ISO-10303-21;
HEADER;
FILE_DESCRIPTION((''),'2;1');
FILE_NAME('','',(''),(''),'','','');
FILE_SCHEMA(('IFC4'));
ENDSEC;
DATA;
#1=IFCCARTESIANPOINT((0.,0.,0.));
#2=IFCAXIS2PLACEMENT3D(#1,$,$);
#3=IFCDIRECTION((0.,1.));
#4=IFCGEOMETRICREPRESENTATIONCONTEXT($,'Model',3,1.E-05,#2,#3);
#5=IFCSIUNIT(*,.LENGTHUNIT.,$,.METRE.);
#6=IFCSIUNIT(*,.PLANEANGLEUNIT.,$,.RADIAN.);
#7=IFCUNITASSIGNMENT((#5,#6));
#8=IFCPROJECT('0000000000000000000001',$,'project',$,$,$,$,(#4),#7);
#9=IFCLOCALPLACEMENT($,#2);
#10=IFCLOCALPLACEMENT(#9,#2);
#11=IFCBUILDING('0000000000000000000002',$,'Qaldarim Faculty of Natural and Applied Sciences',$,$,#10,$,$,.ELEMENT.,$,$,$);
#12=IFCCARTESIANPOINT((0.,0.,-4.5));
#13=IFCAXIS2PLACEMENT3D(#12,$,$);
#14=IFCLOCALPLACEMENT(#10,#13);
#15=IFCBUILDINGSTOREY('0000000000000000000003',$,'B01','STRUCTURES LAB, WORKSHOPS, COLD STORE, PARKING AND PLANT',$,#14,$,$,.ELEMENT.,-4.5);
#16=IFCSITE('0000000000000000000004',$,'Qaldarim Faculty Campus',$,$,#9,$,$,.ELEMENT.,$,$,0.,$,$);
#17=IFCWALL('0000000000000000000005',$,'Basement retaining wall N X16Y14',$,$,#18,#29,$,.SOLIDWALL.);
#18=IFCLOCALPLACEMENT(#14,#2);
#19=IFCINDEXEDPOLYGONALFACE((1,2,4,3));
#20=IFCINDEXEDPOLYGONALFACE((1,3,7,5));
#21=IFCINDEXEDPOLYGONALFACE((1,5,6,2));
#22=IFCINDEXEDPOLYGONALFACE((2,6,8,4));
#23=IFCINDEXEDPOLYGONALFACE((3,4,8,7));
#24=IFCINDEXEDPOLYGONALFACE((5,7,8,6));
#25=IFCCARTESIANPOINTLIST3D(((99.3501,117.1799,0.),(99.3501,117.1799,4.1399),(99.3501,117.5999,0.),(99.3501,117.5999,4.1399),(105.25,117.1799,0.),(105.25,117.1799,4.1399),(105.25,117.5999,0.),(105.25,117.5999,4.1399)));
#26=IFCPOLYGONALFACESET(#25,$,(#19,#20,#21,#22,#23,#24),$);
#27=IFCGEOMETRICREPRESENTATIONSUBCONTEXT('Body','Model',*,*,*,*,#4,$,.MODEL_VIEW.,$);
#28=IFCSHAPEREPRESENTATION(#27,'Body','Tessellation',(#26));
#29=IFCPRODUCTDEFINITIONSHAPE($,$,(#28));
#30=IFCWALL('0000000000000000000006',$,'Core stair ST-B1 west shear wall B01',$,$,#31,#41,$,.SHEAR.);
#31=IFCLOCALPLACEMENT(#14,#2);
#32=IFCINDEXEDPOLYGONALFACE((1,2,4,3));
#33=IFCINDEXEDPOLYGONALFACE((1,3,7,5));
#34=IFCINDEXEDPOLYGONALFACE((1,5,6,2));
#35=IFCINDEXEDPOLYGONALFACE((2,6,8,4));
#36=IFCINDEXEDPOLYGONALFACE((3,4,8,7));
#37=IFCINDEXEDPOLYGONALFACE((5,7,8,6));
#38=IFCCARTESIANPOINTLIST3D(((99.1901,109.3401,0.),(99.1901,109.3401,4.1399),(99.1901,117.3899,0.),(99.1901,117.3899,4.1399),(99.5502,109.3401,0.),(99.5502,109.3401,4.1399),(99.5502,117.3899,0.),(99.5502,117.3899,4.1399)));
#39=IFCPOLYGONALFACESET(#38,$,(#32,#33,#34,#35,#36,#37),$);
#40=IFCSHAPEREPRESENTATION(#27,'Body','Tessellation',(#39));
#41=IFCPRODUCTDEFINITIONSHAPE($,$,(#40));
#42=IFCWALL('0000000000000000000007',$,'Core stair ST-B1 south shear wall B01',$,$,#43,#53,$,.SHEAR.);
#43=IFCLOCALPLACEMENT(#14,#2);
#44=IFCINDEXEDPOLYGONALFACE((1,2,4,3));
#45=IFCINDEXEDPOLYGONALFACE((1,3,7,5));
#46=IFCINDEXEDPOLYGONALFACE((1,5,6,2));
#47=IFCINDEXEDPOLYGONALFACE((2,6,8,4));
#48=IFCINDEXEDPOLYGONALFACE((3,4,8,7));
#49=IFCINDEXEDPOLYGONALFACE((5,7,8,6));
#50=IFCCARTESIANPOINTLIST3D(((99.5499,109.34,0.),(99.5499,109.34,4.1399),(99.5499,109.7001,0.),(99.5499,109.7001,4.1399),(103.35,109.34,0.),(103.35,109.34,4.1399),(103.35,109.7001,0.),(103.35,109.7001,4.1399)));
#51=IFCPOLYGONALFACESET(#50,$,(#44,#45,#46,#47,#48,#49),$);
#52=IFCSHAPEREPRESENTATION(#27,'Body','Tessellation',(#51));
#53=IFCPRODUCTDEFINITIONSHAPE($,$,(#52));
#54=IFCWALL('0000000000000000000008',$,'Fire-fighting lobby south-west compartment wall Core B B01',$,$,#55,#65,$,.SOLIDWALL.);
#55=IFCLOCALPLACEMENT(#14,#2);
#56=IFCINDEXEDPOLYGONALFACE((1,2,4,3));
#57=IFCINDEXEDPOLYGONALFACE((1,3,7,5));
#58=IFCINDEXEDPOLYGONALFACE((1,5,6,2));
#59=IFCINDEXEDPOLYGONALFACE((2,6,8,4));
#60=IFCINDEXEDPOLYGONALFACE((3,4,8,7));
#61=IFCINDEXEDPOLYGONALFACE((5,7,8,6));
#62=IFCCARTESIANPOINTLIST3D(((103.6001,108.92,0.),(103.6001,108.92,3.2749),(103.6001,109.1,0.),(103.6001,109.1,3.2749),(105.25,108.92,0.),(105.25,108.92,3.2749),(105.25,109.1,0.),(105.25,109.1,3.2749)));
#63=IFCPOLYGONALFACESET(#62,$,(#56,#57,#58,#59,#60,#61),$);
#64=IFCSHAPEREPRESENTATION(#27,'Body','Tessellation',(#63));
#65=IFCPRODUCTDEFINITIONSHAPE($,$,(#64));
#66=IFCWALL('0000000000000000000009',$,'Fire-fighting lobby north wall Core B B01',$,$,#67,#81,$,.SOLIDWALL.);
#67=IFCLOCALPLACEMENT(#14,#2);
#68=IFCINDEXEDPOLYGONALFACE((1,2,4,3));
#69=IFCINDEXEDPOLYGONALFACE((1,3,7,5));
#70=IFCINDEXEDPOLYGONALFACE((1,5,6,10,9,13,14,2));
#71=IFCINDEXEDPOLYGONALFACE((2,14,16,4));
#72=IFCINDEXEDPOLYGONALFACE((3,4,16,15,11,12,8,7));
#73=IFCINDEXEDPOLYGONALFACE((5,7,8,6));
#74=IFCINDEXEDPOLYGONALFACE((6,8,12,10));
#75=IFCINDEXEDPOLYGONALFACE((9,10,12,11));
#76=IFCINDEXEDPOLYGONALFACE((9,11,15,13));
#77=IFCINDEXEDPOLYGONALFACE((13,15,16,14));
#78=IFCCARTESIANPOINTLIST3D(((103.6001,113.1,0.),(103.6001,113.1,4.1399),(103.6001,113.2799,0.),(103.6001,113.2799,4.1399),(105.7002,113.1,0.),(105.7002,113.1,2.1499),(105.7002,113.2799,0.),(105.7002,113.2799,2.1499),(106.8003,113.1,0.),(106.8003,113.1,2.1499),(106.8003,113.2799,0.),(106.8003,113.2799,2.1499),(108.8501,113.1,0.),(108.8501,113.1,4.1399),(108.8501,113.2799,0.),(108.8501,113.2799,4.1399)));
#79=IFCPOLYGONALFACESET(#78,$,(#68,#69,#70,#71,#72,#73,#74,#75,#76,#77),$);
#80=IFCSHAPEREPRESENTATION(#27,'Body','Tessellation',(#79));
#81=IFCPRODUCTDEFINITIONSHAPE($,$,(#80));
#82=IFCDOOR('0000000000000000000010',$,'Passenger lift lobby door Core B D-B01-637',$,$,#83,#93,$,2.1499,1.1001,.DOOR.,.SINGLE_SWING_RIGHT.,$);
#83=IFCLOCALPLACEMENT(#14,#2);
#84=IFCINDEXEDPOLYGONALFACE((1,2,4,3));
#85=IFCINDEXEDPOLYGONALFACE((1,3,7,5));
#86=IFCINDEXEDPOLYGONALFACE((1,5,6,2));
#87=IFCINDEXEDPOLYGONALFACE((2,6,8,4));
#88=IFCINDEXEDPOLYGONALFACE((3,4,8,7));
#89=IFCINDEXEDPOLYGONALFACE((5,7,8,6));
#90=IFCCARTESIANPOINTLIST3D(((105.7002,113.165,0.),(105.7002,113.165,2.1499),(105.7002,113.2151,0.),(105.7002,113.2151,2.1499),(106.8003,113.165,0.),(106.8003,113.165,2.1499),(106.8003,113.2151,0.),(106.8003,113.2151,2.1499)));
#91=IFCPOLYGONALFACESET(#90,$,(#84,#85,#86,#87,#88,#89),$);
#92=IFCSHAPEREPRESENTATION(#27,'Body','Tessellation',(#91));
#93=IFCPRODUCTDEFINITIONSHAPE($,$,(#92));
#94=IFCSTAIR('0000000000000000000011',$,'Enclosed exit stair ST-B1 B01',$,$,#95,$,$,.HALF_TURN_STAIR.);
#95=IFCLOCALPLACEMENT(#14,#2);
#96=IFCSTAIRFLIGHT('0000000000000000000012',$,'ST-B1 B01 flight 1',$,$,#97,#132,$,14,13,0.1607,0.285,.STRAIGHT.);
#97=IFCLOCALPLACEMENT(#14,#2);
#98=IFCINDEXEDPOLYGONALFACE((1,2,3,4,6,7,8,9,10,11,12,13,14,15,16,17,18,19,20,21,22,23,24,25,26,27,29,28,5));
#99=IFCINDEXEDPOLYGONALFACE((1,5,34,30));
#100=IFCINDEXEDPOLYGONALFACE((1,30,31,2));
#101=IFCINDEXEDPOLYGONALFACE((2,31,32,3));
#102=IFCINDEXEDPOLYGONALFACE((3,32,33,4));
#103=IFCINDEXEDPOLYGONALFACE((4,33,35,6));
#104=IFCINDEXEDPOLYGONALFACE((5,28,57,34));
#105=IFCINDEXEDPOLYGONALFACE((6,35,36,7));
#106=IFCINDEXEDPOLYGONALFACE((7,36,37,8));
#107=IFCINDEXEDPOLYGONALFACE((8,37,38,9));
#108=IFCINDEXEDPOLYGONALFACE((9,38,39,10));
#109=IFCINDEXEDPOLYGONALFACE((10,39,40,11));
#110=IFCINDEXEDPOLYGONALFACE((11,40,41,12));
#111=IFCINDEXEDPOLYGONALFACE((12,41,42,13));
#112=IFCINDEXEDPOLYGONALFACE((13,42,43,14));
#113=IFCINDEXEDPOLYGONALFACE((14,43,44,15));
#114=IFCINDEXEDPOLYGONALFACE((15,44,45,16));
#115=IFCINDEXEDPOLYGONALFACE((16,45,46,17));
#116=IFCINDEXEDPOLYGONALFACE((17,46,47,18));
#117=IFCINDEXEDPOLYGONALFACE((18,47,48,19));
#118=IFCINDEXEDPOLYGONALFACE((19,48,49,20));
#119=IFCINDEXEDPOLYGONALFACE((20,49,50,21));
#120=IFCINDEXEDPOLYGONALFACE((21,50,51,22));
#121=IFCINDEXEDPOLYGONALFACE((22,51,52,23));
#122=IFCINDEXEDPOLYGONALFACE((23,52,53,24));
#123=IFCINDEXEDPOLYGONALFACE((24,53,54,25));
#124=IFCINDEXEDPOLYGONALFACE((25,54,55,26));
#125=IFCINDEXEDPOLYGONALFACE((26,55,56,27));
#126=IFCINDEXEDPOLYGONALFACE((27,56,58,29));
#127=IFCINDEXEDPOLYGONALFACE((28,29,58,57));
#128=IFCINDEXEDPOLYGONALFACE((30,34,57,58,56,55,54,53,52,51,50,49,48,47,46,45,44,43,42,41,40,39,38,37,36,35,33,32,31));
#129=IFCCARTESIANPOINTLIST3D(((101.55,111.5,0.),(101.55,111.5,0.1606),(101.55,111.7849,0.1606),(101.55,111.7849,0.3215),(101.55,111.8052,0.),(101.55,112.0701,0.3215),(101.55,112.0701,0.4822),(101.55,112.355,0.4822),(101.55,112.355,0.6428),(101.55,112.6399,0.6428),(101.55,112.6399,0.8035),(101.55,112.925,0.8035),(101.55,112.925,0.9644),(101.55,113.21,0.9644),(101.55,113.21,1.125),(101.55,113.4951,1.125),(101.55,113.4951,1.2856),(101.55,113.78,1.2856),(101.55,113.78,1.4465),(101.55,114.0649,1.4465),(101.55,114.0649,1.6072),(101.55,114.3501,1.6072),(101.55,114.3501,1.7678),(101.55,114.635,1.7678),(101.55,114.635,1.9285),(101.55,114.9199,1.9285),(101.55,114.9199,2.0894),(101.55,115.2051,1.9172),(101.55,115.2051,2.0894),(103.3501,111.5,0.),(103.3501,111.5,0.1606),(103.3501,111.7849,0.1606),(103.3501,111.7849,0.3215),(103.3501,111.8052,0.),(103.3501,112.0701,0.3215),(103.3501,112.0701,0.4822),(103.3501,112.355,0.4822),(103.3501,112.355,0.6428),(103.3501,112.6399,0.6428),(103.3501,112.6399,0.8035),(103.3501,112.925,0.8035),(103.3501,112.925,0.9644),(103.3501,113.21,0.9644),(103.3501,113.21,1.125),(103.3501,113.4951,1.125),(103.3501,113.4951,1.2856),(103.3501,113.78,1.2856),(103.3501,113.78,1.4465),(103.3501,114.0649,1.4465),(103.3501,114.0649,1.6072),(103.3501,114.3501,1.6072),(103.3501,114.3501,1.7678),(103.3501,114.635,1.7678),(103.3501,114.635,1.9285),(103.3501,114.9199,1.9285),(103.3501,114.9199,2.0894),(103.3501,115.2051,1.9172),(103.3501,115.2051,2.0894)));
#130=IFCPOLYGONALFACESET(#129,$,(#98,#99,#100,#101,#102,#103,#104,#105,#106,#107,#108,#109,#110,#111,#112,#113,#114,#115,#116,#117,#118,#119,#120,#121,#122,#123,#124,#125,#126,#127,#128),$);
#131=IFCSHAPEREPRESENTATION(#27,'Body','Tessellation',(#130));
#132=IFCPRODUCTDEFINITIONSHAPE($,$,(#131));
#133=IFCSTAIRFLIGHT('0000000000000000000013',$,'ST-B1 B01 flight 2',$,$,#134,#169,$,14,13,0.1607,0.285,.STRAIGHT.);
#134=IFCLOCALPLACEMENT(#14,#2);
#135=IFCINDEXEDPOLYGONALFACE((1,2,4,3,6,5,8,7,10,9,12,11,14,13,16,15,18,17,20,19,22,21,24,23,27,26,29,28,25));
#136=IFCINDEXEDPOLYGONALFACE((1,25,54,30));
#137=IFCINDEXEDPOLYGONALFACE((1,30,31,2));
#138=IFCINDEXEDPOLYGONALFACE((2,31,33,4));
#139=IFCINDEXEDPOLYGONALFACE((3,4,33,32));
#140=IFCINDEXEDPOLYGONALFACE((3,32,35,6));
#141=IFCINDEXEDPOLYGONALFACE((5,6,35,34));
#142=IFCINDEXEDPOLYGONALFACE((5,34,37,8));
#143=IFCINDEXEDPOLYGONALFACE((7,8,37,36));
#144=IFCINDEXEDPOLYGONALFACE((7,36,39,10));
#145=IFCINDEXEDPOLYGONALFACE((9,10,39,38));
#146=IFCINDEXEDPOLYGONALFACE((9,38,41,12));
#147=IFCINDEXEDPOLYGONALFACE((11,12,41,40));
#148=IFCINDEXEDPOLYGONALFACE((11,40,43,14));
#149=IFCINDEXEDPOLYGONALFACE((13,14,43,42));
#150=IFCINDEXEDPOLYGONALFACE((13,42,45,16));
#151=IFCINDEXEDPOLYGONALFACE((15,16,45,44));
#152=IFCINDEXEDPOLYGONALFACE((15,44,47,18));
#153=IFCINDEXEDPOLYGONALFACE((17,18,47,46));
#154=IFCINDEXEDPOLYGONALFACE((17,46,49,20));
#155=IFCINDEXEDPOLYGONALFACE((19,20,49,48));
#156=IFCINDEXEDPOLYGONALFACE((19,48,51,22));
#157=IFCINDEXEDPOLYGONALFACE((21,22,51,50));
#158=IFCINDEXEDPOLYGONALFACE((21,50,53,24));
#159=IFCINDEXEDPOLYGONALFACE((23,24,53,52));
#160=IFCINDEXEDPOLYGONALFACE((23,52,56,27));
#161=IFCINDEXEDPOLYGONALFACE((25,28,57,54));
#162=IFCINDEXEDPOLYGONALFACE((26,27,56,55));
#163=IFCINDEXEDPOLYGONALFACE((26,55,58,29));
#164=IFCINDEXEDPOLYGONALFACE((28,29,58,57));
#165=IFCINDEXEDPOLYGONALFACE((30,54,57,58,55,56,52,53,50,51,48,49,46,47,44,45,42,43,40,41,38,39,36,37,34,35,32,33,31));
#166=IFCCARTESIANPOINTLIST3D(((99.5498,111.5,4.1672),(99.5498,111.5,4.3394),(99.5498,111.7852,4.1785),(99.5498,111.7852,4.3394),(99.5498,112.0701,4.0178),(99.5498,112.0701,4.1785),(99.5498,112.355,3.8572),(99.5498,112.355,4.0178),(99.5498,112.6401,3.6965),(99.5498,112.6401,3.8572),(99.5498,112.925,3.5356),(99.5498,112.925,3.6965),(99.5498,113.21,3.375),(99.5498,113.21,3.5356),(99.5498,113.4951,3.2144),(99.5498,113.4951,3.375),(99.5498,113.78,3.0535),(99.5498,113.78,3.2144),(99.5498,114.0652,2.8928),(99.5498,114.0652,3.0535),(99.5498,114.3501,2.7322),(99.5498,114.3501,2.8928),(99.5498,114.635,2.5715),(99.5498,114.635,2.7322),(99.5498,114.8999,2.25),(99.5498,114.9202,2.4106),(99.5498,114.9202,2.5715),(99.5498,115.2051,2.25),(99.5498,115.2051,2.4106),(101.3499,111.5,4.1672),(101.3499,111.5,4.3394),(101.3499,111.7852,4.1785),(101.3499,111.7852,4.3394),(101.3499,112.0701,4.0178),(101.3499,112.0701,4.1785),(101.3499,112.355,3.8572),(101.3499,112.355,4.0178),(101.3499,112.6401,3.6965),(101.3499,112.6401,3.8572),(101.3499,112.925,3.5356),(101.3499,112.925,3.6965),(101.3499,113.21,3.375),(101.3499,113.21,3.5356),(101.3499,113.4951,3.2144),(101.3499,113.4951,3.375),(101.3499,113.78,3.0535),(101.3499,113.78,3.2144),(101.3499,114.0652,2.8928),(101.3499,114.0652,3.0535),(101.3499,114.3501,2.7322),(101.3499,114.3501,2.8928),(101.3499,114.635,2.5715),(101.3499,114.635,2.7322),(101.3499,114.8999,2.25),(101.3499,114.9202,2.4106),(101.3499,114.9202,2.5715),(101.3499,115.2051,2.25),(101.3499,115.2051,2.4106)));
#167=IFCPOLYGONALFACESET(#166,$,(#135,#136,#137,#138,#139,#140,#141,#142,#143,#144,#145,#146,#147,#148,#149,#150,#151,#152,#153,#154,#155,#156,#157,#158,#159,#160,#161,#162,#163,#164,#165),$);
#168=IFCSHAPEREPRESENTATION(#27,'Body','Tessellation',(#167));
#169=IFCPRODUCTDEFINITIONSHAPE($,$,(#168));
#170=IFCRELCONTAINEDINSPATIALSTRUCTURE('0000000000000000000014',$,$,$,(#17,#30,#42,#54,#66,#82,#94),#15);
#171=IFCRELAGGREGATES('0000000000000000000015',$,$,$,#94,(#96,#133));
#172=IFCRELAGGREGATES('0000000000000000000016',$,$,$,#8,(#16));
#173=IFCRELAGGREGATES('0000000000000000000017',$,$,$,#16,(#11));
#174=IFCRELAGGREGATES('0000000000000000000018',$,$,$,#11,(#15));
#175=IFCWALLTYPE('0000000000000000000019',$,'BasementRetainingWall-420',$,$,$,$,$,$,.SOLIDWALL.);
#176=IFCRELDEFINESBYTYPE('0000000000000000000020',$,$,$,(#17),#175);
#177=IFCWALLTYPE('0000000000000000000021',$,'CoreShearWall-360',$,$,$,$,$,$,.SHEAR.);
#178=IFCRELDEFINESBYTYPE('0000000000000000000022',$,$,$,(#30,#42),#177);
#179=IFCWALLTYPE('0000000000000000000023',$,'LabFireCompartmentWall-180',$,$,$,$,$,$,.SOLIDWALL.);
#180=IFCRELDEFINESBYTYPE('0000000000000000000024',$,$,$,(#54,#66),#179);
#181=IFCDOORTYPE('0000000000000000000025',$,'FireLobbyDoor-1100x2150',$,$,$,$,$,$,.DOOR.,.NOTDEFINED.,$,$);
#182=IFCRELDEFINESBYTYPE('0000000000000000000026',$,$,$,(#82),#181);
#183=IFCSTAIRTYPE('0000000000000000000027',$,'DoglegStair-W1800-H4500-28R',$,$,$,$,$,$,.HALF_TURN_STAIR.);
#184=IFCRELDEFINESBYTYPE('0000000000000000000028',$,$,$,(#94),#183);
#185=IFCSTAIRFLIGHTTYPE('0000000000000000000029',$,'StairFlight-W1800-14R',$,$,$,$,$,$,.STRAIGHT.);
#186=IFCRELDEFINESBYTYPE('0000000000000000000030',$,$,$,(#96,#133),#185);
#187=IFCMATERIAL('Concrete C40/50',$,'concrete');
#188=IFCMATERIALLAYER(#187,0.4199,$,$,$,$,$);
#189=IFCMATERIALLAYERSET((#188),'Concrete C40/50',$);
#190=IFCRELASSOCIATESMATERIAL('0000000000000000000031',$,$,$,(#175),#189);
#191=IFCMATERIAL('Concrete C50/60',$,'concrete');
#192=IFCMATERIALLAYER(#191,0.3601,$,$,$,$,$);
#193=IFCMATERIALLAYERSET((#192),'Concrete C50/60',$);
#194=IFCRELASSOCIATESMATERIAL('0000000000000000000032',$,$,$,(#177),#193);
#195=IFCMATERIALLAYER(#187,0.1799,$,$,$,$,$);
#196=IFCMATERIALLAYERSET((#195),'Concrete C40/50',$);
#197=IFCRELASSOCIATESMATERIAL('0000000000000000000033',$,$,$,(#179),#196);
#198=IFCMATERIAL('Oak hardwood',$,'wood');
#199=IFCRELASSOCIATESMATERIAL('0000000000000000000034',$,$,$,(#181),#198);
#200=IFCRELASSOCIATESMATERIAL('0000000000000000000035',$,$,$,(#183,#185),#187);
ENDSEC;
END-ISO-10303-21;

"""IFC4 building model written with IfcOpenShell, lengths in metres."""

from ifc_helpers import new_model, si_unit, direction, frame, frame_2d, origin, place, context, subcontext, project, spatial, polyline, rectangle, outline, extrude, material, layer, layer_set, type_object, element, fill, aggregate, save


model = new_model("IFC4")

# Units and contexts
model_context = context("Model", 3, precision=1e-05, world=origin(), true_north=direction((0.0, 1.0)))
body_context = subcontext(model_context, "Body", "Model", "MODEL_VIEW")
ifc_project = project(units=[si_unit("LENGTHUNIT", "METRE"), si_unit("PLANEANGLEUNIT", "RADIAN")], contexts=[model_context])

# Site, building, storey
site_placement = place(None, origin())
site = spatial("IfcSite", under=ifc_project, at=site_placement, Name="Qaldarim Faculty Campus", CompositionType="ELEMENT", RefElevation=0.0)
building_placement = place(site_placement, origin())
building = spatial("IfcBuilding", under=site, at=building_placement, Name="Qaldarim Faculty of Natural and Applied Sciences", CompositionType="ELEMENT")
storey_placement = place(building_placement, frame((0.0, 0.0, -4.5)))
storey = spatial("IfcBuildingStorey", under=building, at=storey_placement, Name="B01", Description="STRUCTURES LAB, WORKSHOPS, COLD STORE, PARKING AND PLANT", CompositionType="ELEMENT", Elevation=-4.5)

# Shared definitions
ifc_material_1 = material(Name="Concrete C40/50", Category="concrete")

# Shared definitions
ifc_material_2 = material(Name="Concrete C50/60", Category="concrete")

# Walls
ifc_layer_1 = layer(ifc_material_1, 0.4199)
ifc_layer_set_1 = layer_set([ifc_layer_1], Name="Concrete C40/50")
wall_type_1 = type_object("IfcWallType", Name="BasementRetainingWall-420", PredefinedType="SOLIDWALL", material=ifc_layer_set_1)
wall_1_placement = place(storey_placement, frame((105.25, 117.3899, 0.0), z_axis=(0.0, 0.0, 1.0), x_axis=(-1.0, 0.0, 0.0)))
element("IfcWall", 1, at=wall_1_placement, inside=storey, type_object=wall_type_1, Name="Basement retaining wall N X16Y14", PredefinedType="SOLIDWALL", context=body_context, shape_type="SweptSolid", body=[
    extrude(rectangle(XDim=5.8999, YDim=0.4199, at=frame_2d((2.95, 0.0))), origin(), (0.0, 0.0, 1.0), 4.1399),
])
ifc_layer_2 = layer(ifc_material_2, 0.3601)
ifc_layer_set_2 = layer_set([ifc_layer_2], Name="Concrete C50/60")
wall_type_2 = type_object("IfcWallType", Name="CoreShearWall-360", PredefinedType="SHEAR", material=ifc_layer_set_2)
wall_2_placement = place(storey_placement, frame((99.3701, 109.3401, 0.0), z_axis=(0.0, 0.0, 1.0), x_axis=(0.0, 1.0, 0.0)))
element("IfcWall", 2, at=wall_2_placement, inside=storey, type_object=wall_type_2, Name="Core stair ST-B1 west shear wall B01", PredefinedType="SHEAR", context=body_context, shape_type="SweptSolid", body=[
    extrude(rectangle(XDim=8.0498, YDim=0.3601, at=frame_2d((4.0249, 0.0))), origin(), (0.0, 0.0, 1.0), 4.1399),
])

# Walls
wall_3_placement = place(storey_placement, frame((99.55, 109.52, 0.0), z_axis=(0.0, 0.0, 1.0), x_axis=(1.0, 0.0, 0.0)))
element("IfcWall", 3, at=wall_3_placement, inside=storey, type_object=wall_type_2, Name="Core stair ST-B1 south shear wall B01", PredefinedType="SHEAR", context=body_context, shape_type="SweptSolid", body=[
    extrude(rectangle(XDim=3.8, YDim=0.3601, at=frame_2d((1.8999, 0.0))), origin(), (0.0, 0.0, 1.0), 4.1399),
])
ifc_layer_3 = layer(ifc_material_1, 0.1799)
ifc_layer_set_3 = layer_set([ifc_layer_3], Name="Concrete C40/50")
wall_type_3 = type_object("IfcWallType", Name="LabFireCompartmentWall-180", PredefinedType="SOLIDWALL", material=ifc_layer_set_3)
wall_4_placement = place(storey_placement, frame((103.6001, 109.01, 0.0), z_axis=(0.0, 0.0, 1.0), x_axis=(1.0, 0.0, 0.0)))
element("IfcWall", 4, at=wall_4_placement, inside=storey, type_object=wall_type_3, Name="Fire-fighting lobby south-west compartment wall Core B B01", PredefinedType="SOLIDWALL", context=body_context, shape_type="SweptSolid", body=[
    extrude(rectangle(XDim=1.6499, YDim=0.1799, at=frame_2d((0.825, 0.0))), origin(), (0.0, 0.0, 1.0), 3.2749),
])

# Wall, opening, door
wall_5_placement = place(storey_placement, frame((103.6001, 113.1899, 0.0), z_axis=(0.0, 0.0, 1.0), x_axis=(1.0, 0.0, 0.0)))
wall_5 = element("IfcWall", 5, at=wall_5_placement, inside=storey, type_object=wall_type_3, Name="Fire-fighting lobby north wall Core B B01", PredefinedType="SOLIDWALL", context=body_context, shape_type="SweptSolid", body=[
    extrude(rectangle(XDim=5.25, YDim=0.1799, at=frame_2d((2.625, 0.0))), origin(), (0.0, 0.0, 1.0), 4.1399),
])
opening_1_placement = place(wall_5_placement, frame((2.1001, 0.0, 0.0)))
opening_1 = element("IfcOpeningElement", 6, at=opening_1_placement, cuts=wall_5, PredefinedType="OPENING", context=body_context, shape_type="SweptSolid", body=[
    extrude(rectangle(XDim=1.1001, YDim=2.1499, at=frame_2d((0.55, 1.075))), frame((0.0, 0.0999, 0.0), z_axis=(0.0, -1.0, 0.0), x_axis=(1.0, 0.0, 0.0)), (0.0, 0.0, 1.0), 0.2),
])
ifc_material_3 = material(Name="Oak hardwood", Category="wood")
door_type_1 = type_object("IfcDoorType", Name="FireLobbyDoor-1100x2150", OperationType="NOTDEFINED", PredefinedType="DOOR", material=ifc_material_3)
door_1_placement = place(opening_1_placement, frame((1.1001, 0.0, 0.0), z_axis=(0.0, 0.0, 1.0), x_axis=(-1.0, 0.0, 0.0)))
door_1 = element("IfcDoor", 7, at=door_1_placement, inside=storey, type_object=door_type_1, Name="Passenger lift lobby door Core B D-B01-637", OperationType="SINGLE_SWING_RIGHT", OverallHeight=2.1499, OverallWidth=1.1001, PredefinedType="DOOR", context=body_context, shape_type="SweptSolid", body=[
    extrude(rectangle(XDim=1.1001, YDim=2.1499, at=frame_2d((0.55, 1.075))), frame((0.0, 0.0249, 0.0), z_axis=(0.0, -1.0, 0.0), x_axis=(1.0, 0.0, 0.0)), (0.0, 0.0, 1.0), 0.05),
])
fill(opening_1, door_1)

# Stair, stair flights
stair_type = type_object("IfcStairType", Name="DoglegStair-W1800-H4500-28R", PredefinedType="HALF_TURN_STAIR", material=ifc_material_1)
stair_placement = place(storey_placement, origin())
stair = element("IfcStair", 8, at=stair_placement, inside=storey, type_object=stair_type, Name="Enclosed exit stair ST-B1 B01", PredefinedType="HALF_TURN_STAIR")
stair_flight_type = type_object("IfcStairFlightType", Name="StairFlight-W1800-14R", PredefinedType="STRAIGHT", material=ifc_material_1)
stair_flight_1_placement = place(storey_placement, frame((102.45, 111.5, 0.0), z_axis=(0.0, 0.0, 1.0), x_axis=(0.0, 1.0, 0.0)))
stair_flight_1 = element("IfcStairFlight", 9, at=stair_flight_1_placement, type_object=stair_flight_type, Name="ST-B1 B01 flight 1", NumberOfRisers=14, NumberOfTreads=13, PredefinedType="STRAIGHT", RiserHeight=0.1607, TreadLength=0.285, context=body_context, shape_type="SweptSolid", body=[
    extrude(outline(polyline([(0.0, 0.0), (0.0, 0.1606), (0.2849, 0.1606), (0.2849, 0.3215), (0.5701, 0.3215), (0.5701, 0.4822), (0.855, 0.4822), (0.855, 0.6428), (1.1399, 0.6428), (1.1399, 0.8035), (1.425, 0.8035), (1.425, 0.9644), (1.71, 0.9644), (1.71, 1.125), (1.9951, 1.125), (1.9951, 1.2856), (2.28, 1.2856), (2.28, 1.4465), (2.5649, 1.4465), (2.5649, 1.6072), (2.8501, 1.6072), (2.8501, 1.7678), (3.135, 1.7678), (3.135, 1.9285), (3.4199, 1.9285), (3.4199, 2.0894), (3.7051, 2.0894), (3.7051, 2.25), (3.7051, 1.9172), (0.3052, 0.0), (0.0, 0.0)])), frame((0.0, 0.8999, 0.0), z_axis=(0.0, -1.0, 0.0), x_axis=(1.0, 0.0, 0.0)), (0.0, 0.0, 1.0), 1.8),
])
stair_flight_2_placement = place(storey_placement, frame((100.45, 115.2051, 2.25), z_axis=(0.0, 0.0, 1.0), x_axis=(0.0, -1.0, 0.0)))
stair_flight_2 = element("IfcStairFlight", 10, at=stair_flight_2_placement, type_object=stair_flight_type, Name="ST-B1 B01 flight 2", NumberOfRisers=14, NumberOfTreads=13, PredefinedType="STRAIGHT", RiserHeight=0.1607, TreadLength=0.285, context=body_context, shape_type="SweptSolid", body=[
    extrude(outline(polyline([(0.0, 0.0), (0.0, 0.1606), (0.2849, 0.1606), (0.2849, 0.3215), (0.5701, 0.3215), (0.5701, 0.4822), (0.855, 0.4822), (0.855, 0.6428), (1.1399, 0.6428), (1.1399, 0.8035), (1.425, 0.8035), (1.425, 0.9644), (1.71, 0.9644), (1.71, 1.125), (1.9951, 1.125), (1.9951, 1.2856), (2.28, 1.2856), (2.28, 1.4465), (2.5649, 1.4465), (2.5649, 1.6072), (2.8501, 1.6072), (2.8501, 1.7678), (3.135, 1.7678), (3.135, 1.9285), (3.4199, 1.9285), (3.4199, 2.0894), (3.7051, 2.0894), (3.7051, 2.25), (3.7051, 1.9172), (0.3052, 0.0), (0.0, 0.0)])), frame((0.0, 0.8999, 0.0), z_axis=(0.0, -1.0, 0.0), x_axis=(1.0, 0.0, 0.0)), (0.0, 0.0, 1.0), 1.8),
])
aggregate(stair, [stair_flight_1, stair_flight_2])

save(model, "model.ifc")
